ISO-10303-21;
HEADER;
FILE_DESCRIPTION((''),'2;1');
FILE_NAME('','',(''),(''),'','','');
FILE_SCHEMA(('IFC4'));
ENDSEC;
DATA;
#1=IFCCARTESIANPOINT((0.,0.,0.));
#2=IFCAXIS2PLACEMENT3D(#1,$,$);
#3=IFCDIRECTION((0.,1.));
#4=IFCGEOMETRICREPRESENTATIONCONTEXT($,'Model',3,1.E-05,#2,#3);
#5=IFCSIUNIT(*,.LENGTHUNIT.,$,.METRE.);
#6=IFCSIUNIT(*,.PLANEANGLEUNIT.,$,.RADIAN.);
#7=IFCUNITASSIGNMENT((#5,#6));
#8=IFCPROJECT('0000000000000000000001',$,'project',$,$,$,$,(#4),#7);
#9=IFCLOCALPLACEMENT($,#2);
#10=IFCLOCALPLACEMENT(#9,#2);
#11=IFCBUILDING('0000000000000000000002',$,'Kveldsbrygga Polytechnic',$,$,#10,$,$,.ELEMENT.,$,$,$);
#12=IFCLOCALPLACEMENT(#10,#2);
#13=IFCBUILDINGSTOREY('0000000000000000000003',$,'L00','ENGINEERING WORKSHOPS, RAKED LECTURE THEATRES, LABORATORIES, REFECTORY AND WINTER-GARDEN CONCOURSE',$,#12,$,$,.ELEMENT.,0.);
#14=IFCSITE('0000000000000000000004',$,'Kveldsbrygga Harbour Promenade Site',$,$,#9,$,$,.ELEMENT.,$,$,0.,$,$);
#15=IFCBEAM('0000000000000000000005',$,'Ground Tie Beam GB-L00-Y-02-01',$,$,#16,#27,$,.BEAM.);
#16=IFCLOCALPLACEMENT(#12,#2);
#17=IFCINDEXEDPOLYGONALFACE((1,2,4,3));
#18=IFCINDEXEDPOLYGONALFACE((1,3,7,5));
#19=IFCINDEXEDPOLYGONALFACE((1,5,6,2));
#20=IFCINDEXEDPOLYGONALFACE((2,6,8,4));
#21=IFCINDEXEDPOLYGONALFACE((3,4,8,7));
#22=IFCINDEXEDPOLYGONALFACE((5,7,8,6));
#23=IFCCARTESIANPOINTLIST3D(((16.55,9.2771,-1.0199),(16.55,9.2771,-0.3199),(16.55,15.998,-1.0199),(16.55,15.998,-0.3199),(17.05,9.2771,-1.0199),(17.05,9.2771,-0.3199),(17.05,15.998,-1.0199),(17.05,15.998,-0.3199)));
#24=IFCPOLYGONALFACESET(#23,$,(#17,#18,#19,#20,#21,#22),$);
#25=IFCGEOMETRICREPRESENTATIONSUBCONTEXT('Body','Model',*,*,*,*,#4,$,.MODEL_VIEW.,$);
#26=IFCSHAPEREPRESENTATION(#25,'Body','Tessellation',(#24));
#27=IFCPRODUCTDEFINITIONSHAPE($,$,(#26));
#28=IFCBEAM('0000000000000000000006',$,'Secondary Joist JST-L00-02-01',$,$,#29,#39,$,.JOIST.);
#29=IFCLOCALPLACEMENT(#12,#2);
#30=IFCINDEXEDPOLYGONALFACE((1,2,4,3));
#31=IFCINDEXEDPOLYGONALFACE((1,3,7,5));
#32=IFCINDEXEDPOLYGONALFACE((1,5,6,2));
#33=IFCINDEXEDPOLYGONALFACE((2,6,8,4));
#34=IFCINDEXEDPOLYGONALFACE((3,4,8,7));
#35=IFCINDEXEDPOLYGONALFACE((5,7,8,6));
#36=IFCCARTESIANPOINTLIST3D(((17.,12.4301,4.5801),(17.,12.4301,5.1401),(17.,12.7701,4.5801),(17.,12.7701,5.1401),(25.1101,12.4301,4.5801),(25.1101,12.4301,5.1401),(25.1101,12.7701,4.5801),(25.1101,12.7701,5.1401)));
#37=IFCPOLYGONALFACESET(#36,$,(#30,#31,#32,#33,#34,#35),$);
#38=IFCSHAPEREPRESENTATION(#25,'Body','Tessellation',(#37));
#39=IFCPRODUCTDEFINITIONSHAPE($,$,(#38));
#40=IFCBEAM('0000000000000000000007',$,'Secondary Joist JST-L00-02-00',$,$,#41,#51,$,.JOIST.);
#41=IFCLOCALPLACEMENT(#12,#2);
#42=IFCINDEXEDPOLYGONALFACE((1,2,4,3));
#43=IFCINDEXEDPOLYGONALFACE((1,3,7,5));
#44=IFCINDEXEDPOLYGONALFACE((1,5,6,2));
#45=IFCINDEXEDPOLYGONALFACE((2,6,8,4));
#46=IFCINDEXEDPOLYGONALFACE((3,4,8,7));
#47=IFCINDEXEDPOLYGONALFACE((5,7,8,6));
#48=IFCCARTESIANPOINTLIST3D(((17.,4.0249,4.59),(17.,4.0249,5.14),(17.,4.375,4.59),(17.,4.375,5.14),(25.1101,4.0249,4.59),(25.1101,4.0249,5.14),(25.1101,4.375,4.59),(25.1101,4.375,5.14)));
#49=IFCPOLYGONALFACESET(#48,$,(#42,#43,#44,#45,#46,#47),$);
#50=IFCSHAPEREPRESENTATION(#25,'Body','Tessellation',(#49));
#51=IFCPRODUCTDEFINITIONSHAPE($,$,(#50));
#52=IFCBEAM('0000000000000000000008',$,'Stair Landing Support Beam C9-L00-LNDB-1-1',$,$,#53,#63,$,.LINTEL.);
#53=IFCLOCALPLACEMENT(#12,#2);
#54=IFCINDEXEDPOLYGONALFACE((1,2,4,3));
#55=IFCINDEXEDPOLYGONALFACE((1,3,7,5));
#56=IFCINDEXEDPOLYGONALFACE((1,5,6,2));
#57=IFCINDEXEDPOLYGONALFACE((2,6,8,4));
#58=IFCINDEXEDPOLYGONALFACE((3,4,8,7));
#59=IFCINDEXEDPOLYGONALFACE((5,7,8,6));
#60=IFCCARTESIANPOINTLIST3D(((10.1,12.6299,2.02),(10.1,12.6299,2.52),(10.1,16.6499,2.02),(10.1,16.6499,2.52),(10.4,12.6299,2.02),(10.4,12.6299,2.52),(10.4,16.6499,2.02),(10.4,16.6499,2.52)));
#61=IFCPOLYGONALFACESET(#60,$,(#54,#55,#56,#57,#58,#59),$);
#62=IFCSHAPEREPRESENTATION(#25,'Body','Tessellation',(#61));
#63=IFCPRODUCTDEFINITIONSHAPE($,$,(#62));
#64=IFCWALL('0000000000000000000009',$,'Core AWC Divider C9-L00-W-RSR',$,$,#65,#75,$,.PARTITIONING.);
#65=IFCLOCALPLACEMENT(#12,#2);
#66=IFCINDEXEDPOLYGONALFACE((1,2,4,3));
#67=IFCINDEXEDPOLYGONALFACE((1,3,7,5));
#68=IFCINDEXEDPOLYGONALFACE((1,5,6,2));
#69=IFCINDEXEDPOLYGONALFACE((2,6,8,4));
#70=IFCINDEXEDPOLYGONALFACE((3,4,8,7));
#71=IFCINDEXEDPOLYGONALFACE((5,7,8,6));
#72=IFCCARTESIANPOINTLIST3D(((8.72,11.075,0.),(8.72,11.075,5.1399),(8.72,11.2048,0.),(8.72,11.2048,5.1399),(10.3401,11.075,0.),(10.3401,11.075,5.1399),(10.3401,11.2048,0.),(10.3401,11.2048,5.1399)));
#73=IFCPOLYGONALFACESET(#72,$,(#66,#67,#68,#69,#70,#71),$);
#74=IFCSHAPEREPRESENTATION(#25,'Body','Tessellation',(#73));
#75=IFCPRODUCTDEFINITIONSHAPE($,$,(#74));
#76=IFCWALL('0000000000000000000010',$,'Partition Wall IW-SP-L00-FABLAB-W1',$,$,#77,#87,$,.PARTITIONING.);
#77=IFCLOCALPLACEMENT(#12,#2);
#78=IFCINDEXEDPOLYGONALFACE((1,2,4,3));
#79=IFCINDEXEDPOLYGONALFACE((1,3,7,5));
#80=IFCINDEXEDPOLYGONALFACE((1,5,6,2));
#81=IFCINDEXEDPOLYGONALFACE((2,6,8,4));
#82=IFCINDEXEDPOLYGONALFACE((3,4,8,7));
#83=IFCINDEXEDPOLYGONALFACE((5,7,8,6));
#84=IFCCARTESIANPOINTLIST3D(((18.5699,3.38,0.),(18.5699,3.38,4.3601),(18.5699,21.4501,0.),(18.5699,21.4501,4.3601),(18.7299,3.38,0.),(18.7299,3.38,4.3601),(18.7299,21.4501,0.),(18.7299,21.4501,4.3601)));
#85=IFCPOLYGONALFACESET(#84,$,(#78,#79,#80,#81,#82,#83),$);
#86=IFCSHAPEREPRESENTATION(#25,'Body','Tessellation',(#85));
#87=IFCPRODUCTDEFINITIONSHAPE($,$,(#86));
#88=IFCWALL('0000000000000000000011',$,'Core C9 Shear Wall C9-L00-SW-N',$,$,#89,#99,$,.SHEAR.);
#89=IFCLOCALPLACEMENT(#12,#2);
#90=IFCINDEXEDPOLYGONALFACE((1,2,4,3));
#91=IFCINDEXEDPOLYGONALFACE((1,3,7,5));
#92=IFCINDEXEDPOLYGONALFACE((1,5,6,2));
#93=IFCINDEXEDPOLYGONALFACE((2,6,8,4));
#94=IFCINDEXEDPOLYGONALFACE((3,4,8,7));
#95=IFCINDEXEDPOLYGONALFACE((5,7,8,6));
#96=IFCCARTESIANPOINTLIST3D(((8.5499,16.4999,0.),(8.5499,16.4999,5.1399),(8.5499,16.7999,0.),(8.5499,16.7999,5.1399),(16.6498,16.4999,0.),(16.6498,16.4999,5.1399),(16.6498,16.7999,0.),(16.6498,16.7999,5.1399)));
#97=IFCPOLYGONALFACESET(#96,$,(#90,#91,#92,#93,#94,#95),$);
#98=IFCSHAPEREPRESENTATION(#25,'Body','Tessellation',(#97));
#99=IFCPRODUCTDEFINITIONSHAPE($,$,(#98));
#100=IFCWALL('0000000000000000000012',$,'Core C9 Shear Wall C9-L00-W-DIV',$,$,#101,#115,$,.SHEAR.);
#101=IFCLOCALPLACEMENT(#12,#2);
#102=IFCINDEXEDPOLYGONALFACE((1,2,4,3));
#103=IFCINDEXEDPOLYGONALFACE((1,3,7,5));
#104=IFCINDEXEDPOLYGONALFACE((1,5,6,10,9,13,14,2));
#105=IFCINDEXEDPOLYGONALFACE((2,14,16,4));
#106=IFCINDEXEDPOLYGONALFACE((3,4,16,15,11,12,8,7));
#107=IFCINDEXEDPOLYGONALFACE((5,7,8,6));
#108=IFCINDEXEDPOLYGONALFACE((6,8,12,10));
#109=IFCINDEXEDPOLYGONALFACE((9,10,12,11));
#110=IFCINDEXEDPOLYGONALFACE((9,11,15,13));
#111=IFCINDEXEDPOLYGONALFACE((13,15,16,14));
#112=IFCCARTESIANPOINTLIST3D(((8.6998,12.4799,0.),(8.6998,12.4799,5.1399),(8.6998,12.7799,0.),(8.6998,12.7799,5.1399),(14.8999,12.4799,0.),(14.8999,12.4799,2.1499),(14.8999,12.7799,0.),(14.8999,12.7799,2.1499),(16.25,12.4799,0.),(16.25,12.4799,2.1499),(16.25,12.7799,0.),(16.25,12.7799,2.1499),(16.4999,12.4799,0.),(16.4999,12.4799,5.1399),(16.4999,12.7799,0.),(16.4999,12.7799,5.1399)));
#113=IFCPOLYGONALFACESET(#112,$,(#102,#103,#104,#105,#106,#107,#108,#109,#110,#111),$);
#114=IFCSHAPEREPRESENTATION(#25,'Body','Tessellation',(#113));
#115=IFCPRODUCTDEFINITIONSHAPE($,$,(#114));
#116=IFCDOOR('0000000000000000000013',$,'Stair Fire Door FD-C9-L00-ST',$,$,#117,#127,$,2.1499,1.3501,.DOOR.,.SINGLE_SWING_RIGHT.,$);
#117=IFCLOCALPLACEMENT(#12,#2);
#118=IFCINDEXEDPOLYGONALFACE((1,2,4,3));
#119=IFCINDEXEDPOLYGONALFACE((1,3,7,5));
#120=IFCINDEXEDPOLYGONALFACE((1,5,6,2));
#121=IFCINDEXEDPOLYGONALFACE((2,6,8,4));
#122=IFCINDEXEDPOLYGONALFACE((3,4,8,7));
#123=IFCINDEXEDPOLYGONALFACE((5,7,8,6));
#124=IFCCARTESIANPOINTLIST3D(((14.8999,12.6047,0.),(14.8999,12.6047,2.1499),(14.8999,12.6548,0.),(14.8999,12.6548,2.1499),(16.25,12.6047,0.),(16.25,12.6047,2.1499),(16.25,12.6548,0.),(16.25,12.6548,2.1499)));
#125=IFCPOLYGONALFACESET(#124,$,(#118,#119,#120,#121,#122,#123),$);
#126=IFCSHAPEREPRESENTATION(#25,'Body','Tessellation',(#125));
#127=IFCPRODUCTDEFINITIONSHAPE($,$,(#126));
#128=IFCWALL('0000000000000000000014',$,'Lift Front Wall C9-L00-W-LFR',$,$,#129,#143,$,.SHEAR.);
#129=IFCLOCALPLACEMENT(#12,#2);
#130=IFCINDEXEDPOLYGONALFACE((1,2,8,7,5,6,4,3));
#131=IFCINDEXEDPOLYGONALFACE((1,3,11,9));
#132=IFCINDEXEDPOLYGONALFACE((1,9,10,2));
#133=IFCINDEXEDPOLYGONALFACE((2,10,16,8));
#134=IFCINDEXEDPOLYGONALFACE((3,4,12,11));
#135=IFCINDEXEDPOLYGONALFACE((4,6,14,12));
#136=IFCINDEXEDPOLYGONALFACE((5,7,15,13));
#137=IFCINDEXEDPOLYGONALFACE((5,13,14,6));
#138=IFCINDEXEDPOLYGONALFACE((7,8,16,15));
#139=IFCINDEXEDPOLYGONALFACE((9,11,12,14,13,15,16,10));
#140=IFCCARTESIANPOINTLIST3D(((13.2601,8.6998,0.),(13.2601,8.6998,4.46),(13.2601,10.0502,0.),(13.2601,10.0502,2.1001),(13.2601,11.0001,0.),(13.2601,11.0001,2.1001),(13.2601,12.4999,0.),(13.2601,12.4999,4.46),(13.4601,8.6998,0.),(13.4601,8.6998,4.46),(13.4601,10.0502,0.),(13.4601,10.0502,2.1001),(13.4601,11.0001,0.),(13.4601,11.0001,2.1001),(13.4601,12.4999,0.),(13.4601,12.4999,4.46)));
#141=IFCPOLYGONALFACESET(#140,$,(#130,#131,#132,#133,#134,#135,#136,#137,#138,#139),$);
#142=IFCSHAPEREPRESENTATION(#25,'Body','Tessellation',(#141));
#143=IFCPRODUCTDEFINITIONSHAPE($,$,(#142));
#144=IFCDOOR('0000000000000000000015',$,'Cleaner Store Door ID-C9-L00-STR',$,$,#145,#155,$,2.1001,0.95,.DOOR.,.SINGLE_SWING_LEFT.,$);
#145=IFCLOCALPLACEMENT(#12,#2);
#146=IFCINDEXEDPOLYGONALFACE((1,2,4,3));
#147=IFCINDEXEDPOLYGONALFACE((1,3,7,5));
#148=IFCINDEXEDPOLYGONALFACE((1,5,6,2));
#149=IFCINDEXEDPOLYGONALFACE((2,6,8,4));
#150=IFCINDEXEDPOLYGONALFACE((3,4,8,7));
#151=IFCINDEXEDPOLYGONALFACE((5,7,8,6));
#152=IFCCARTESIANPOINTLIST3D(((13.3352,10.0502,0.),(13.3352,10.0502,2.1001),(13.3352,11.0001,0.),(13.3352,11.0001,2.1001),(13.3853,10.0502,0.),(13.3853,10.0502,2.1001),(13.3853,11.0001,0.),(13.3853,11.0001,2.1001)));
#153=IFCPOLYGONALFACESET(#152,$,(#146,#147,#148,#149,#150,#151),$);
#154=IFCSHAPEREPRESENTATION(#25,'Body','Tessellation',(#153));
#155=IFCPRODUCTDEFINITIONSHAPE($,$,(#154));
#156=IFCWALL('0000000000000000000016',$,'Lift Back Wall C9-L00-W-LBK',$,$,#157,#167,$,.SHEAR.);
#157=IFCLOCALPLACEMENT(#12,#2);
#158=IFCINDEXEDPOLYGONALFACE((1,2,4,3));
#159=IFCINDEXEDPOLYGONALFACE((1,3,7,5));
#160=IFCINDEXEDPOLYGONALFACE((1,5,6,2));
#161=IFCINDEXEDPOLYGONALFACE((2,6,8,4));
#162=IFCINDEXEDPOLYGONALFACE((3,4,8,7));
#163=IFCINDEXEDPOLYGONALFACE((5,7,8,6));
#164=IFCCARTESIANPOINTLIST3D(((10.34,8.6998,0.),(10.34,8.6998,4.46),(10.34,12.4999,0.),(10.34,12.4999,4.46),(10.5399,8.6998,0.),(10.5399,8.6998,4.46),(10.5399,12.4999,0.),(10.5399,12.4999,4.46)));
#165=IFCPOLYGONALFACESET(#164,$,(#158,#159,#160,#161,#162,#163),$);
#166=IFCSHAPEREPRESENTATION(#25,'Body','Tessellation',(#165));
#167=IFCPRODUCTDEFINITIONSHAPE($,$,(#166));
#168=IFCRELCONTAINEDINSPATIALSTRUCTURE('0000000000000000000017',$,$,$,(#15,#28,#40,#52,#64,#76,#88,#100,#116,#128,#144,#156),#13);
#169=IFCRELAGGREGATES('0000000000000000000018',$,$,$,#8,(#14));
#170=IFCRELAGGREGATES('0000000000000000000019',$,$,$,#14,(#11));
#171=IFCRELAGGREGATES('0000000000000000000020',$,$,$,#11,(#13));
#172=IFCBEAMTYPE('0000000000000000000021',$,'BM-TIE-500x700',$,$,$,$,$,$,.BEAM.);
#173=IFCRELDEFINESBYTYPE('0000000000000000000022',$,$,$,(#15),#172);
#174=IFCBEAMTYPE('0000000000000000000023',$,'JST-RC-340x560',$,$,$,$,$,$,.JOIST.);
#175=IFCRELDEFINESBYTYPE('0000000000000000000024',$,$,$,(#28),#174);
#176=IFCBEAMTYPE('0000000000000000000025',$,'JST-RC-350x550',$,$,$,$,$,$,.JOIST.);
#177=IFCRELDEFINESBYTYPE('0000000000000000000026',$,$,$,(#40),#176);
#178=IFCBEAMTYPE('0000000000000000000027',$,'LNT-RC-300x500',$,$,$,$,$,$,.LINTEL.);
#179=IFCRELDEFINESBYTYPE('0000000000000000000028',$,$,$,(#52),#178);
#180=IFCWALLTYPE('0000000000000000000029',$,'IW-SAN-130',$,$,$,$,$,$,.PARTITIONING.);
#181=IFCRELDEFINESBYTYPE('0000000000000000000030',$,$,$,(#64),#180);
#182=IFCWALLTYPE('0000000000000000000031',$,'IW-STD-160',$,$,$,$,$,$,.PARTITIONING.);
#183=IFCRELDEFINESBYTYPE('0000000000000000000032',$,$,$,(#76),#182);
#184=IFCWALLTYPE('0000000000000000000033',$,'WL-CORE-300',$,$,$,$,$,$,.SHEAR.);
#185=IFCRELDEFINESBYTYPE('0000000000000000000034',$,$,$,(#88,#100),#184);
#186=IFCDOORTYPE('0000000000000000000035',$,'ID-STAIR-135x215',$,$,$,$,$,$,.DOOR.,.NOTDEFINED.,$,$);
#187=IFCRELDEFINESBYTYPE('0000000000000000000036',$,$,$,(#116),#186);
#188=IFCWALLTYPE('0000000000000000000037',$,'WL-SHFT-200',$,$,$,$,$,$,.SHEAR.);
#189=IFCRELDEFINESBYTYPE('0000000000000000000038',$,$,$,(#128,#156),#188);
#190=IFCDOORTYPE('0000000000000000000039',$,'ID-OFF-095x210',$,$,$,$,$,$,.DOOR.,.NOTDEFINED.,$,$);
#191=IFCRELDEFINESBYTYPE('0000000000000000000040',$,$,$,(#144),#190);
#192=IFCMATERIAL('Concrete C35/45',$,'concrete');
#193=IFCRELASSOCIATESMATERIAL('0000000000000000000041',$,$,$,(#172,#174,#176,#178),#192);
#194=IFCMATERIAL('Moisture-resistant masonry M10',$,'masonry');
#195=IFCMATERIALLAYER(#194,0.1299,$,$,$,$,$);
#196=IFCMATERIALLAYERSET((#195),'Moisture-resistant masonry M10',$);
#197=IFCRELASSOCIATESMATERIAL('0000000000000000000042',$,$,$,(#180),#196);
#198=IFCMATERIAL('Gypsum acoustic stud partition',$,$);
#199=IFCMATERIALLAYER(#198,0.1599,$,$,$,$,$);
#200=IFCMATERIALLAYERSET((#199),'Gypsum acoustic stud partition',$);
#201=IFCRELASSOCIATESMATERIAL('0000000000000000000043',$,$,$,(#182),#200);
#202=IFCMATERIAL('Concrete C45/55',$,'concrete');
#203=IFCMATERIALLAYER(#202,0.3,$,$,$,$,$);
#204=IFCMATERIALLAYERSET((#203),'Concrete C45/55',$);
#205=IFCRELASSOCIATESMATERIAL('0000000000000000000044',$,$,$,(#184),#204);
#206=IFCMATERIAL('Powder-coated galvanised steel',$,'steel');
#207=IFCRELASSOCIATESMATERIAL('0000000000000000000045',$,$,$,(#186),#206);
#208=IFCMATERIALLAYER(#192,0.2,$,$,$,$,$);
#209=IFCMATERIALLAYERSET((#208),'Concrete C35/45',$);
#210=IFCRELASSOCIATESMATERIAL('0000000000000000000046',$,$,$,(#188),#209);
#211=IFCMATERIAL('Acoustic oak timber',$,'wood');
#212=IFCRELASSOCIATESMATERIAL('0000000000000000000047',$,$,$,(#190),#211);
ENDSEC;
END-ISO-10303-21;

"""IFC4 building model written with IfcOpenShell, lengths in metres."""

from ifc_helpers import new_model, si_unit, direction, frame, frame_2d, origin, origin_2d, place, context, subcontext, project, spatial, rectangle, extrude, material, layer, layer_set, material_profile, profile_set, type_object, element, fill, save


model = new_model("IFC4")

# Units and contexts
model_context = context("Model", 3, precision=1e-05, world=origin(), true_north=direction((0.0, 1.0)))
body_context = subcontext(model_context, "Body", "Model", "MODEL_VIEW")
ifc_project = project(units=[si_unit("LENGTHUNIT", "METRE"), si_unit("PLANEANGLEUNIT", "RADIAN")], contexts=[model_context])

# Site, building, storey
site_placement = place(None, origin())
site = spatial("IfcSite", under=ifc_project, at=site_placement, Name="Kveldsbrygga Harbour Promenade Site", CompositionType="ELEMENT", RefElevation=0.0)
building_placement = place(site_placement, origin())
building = spatial("IfcBuilding", under=site, at=building_placement, Name="Kveldsbrygga Polytechnic", CompositionType="ELEMENT")
storey_placement = place(building_placement, origin())
storey = spatial("IfcBuildingStorey", under=building, at=storey_placement, Name="L00", Description="ENGINEERING WORKSHOPS, RAKED LECTURE THEATRES, LABORATORIES, REFECTORY AND WINTER-GARDEN CONCOURSE", CompositionType="ELEMENT", Elevation=0.0)

# Shared definitions
ifc_material_1 = material(Name="Concrete C45/55", Category="concrete")

# Beams
ifc_material_2 = material(Name="Concrete C35/45", Category="concrete")
ifc_material_profile_1 = material_profile(ifc_material_2, rectangle(XDim=0.5, YDim=0.7, at=origin_2d()), Name="RC 500x700")
ifc_profile_set_1 = profile_set([ifc_material_profile_1], Name="Concrete C35/45")
beam_type_1 = type_object("IfcBeamType", Name="BM-TIE-500x700", PredefinedType="BEAM", material=ifc_profile_set_1)
beam_1_placement = place(storey_placement, frame((16.8, 9.2771, -0.6699), z_axis=(0.0, 1.0, 0.0), x_axis=(-1.0, 0.0, 0.0)))
element("IfcBeam", 1, at=beam_1_placement, inside=storey, type_object=beam_type_1, Name="Ground Tie Beam GB-L00-Y-02-01", PredefinedType="BEAM", context=body_context, shape_type="SweptSolid", body=[
    extrude(rectangle(XDim=0.5, YDim=0.7, at=origin_2d()), origin(), (0.0, 0.0, 1.0), 6.7209),
])
ifc_material_profile_2 = material_profile(ifc_material_2, rectangle(XDim=0.3401, YDim=0.5601, at=origin_2d()), Name="RC 340x560")
ifc_profile_set_2 = profile_set([ifc_material_profile_2], Name="Concrete C35/45")
beam_type_2 = type_object("IfcBeamType", Name="JST-RC-340x560", PredefinedType="JOIST", material=ifc_profile_set_2)
beam_2_placement = place(storey_placement, frame((17.0, 12.6001, 4.8601), z_axis=(1.0, 0.0, 0.0), x_axis=(0.0, 1.0, 0.0)))
element("IfcBeam", 2, at=beam_2_placement, inside=storey, type_object=beam_type_2, Name="Secondary Joist JST-L00-02-01", PredefinedType="JOIST", context=body_context, shape_type="SweptSolid", body=[
    extrude(rectangle(XDim=0.3401, YDim=0.5601, at=origin_2d()), origin(), (0.0, 0.0, 1.0), 8.1101),
])
ifc_material_profile_3 = material_profile(ifc_material_2, rectangle(XDim=0.3501, YDim=0.55, at=origin_2d()), Name="RC 350x550")
ifc_profile_set_3 = profile_set([ifc_material_profile_3], Name="Concrete C35/45")
beam_type_3 = type_object("IfcBeamType", Name="JST-RC-350x550", PredefinedType="JOIST", material=ifc_profile_set_3)
beam_3_placement = place(storey_placement, frame((17.0, 4.2, 4.865), z_axis=(1.0, 0.0, 0.0), x_axis=(0.0, 1.0, 0.0)))
element("IfcBeam", 3, at=beam_3_placement, inside=storey, type_object=beam_type_3, Name="Secondary Joist JST-L00-02-00", PredefinedType="JOIST", context=body_context, shape_type="SweptSolid", body=[
    extrude(rectangle(XDim=0.3501, YDim=0.55, at=origin_2d()), origin(), (0.0, 0.0, 1.0), 8.1101),
])
ifc_material_profile_4 = material_profile(ifc_material_2, rectangle(XDim=0.3, YDim=0.5, at=origin_2d()), Name="RC 300x500")
ifc_profile_set_4 = profile_set([ifc_material_profile_4], Name="Concrete C35/45")
beam_type_4 = type_object("IfcBeamType", Name="LNT-RC-300x500", PredefinedType="LINTEL", material=ifc_profile_set_4)
beam_4_placement = place(storey_placement, frame((10.25, 12.6299, 2.27), z_axis=(0.0, 1.0, 0.0), x_axis=(-1.0, 0.0, 0.0)))
element("IfcBeam", 4, at=beam_4_placement, inside=storey, type_object=beam_type_4, Name="Stair Landing Support Beam C9-L00-LNDB-1-1", PredefinedType="LINTEL", context=body_context, shape_type="SweptSolid", body=[
    extrude(rectangle(XDim=0.3, YDim=0.5, at=origin_2d()), origin(), (0.0, 0.0, 1.0), 4.02),
])

# Walls
ifc_material_3 = material(Name="Moisture-resistant masonry M10", Category="masonry")
ifc_layer_1 = layer(ifc_material_3, 0.1299)
ifc_layer_set_1 = layer_set([ifc_layer_1], Name="Moisture-resistant masonry M10")
wall_type_1 = type_object("IfcWallType", Name="IW-SAN-130", PredefinedType="PARTITIONING", material=ifc_layer_set_1)
wall_1_placement = place(storey_placement, frame((8.72, 11.1399, 0.0), z_axis=(0.0, 0.0, 1.0), x_axis=(1.0, 0.0, 0.0)))
element("IfcWall", 5, at=wall_1_placement, inside=storey, type_object=wall_type_1, Name="Core AWC Divider C9-L00-W-RSR", PredefinedType="PARTITIONING", context=body_context, shape_type="SweptSolid", body=[
    extrude(rectangle(XDim=1.6201, YDim=0.1299, at=frame_2d((0.8101, 0.0))), origin(), (0.0, 0.0, 1.0), 5.1399),
])
ifc_material_4 = material(Name="Gypsum acoustic stud partition")
ifc_layer_2 = layer(ifc_material_4, 0.1599)
ifc_layer_set_2 = layer_set([ifc_layer_2], Name="Gypsum acoustic stud partition")
wall_type_2 = type_object("IfcWallType", Name="IW-STD-160", PredefinedType="PARTITIONING", material=ifc_layer_set_2)
wall_2_placement = place(storey_placement, frame((18.6499, 3.3799, 0.0), z_axis=(0.0, 0.0, 1.0), x_axis=(0.0, 1.0, 0.0)))
element("IfcWall", 6, at=wall_2_placement, inside=storey, type_object=wall_type_2, Name="Partition Wall IW-SP-L00-FABLAB-W1", PredefinedType="PARTITIONING", context=body_context, shape_type="SweptSolid", body=[
    extrude(rectangle(XDim=18.0701, YDim=0.1599, at=frame_2d((9.0352, 0.0))), origin(), (0.0, 0.0, 1.0), 4.3601),
])
ifc_layer_3 = layer(ifc_material_1, 0.3)
ifc_layer_set_3 = layer_set([ifc_layer_3], Name="Concrete C45/55")
wall_type_3 = type_object("IfcWallType", Name="WL-CORE-300", PredefinedType="SHEAR", material=ifc_layer_set_3)
wall_3_placement = place(storey_placement, frame((8.55, 16.6499, 0.0), z_axis=(0.0, 0.0, 1.0), x_axis=(1.0, 0.0, 0.0)))
element("IfcWall", 7, at=wall_3_placement, inside=storey, type_object=wall_type_3, Name="Core C9 Shear Wall C9-L00-SW-N", PredefinedType="SHEAR", context=body_context, shape_type="SweptSolid", body=[
    extrude(rectangle(XDim=8.0999, YDim=0.3, at=frame_2d((4.0498, 0.0))), origin(), (0.0, 0.0, 1.0), 5.1399),
])

# Walls, openings, doors
ifc_material_5 = material(Name="Powder-coated galvanised steel", Category="steel")
wall_4_placement = place(storey_placement, frame((8.7, 12.6299, 0.0), z_axis=(0.0, 0.0, 1.0), x_axis=(1.0, 0.0, 0.0)))
wall_4 = element("IfcWall", 8, at=wall_4_placement, inside=storey, type_object=wall_type_3, Name="Core C9 Shear Wall C9-L00-W-DIV", PredefinedType="SHEAR", context=body_context, shape_type="SweptSolid", body=[
    extrude(rectangle(XDim=7.8, YDim=0.3, at=frame_2d((3.8999, 0.0))), origin(), (0.0, 0.0, 1.0), 5.1399),
])
opening_1_placement = place(wall_4_placement, frame((6.2, 0.0, 0.0)))
opening_1 = element("IfcOpeningElement", 9, at=opening_1_placement, cuts=wall_4, PredefinedType="OPENING", context=body_context, shape_type="SweptSolid", body=[
    extrude(rectangle(XDim=1.3501, YDim=2.1499, at=frame_2d((0.675, 1.075))), frame((0.0, 0.1602, 0.0), z_axis=(0.0, -1.0, 0.0), x_axis=(1.0, 0.0, 0.0)), (0.0, 0.0, 1.0), 0.3201),
])
door_type_1 = type_object("IfcDoorType", Name="ID-STAIR-135x215", OperationType="NOTDEFINED", PredefinedType="DOOR", material=ifc_material_5)
door_1_placement = place(opening_1_placement, origin())
door_1 = element("IfcDoor", 10, at=door_1_placement, inside=storey, type_object=door_type_1, Name="Stair Fire Door FD-C9-L00-ST", OperationType="SINGLE_SWING_RIGHT", OverallHeight=2.1499, OverallWidth=1.3501, PredefinedType="DOOR", context=body_context, shape_type="SweptSolid", body=[
    extrude(rectangle(XDim=1.3501, YDim=2.1499, at=frame_2d((0.675, 1.075))), frame((0.0, 0.0249, 0.0), z_axis=(0.0, -1.0, 0.0), x_axis=(1.0, 0.0, 0.0)), (0.0, 0.0, 1.0), 0.05),
])
fill(opening_1, door_1)
ifc_layer_4 = layer(ifc_material_2, 0.2)
ifc_layer_set_4 = layer_set([ifc_layer_4], Name="Concrete C35/45")
wall_type_4 = type_object("IfcWallType", Name="WL-SHFT-200", PredefinedType="SHEAR", material=ifc_layer_set_4)
wall_5_placement = place(storey_placement, frame((13.3601, 8.7, 0.0), z_axis=(0.0, 0.0, 1.0), x_axis=(0.0, 1.0, 0.0)))
wall_5 = element("IfcWall", 11, at=wall_5_placement, inside=storey, type_object=wall_type_4, Name="Lift Front Wall C9-L00-W-LFR", PredefinedType="SHEAR", context=body_context, shape_type="SweptSolid", body=[
    extrude(rectangle(XDim=3.8, YDim=0.2, at=frame_2d((1.8999, 0.0))), origin(), (0.0, 0.0, 1.0), 4.46),
])
opening_2_placement = place(wall_5_placement, frame((1.3501, 0.0, 0.0)))
opening_2 = element("IfcOpeningElement", 12, at=opening_2_placement, cuts=wall_5, PredefinedType="OPENING", context=body_context, shape_type="SweptSolid", body=[
    extrude(rectangle(XDim=0.95, YDim=2.1001, at=frame_2d((0.4751, 1.05))), frame((0.0, 0.1099, 0.0), z_axis=(0.0, -1.0, 0.0), x_axis=(1.0, 0.0, 0.0)), (0.0, 0.0, 1.0), 0.22),
])
ifc_material_6 = material(Name="Acoustic oak timber", Category="wood")
door_type_2 = type_object("IfcDoorType", Name="ID-OFF-095x210", OperationType="NOTDEFINED", PredefinedType="DOOR", material=ifc_material_6)
door_2_placement = place(opening_2_placement, origin())
door_2 = element("IfcDoor", 13, at=door_2_placement, inside=storey, type_object=door_type_2, Name="Cleaner Store Door ID-C9-L00-STR", OperationType="SINGLE_SWING_LEFT", OverallHeight=2.1001, OverallWidth=0.95, PredefinedType="DOOR", context=body_context, shape_type="SweptSolid", body=[
    extrude(rectangle(XDim=0.95, YDim=2.1001, at=frame_2d((0.4751, 1.05))), frame((0.0, 0.0249, 0.0), z_axis=(0.0, -1.0, 0.0), x_axis=(1.0, 0.0, 0.0)), (0.0, 0.0, 1.0), 0.05),
])
fill(opening_2, door_2)

# Wall
wall_6_placement = place(storey_placement, frame((10.4399, 8.7, 0.0), z_axis=(0.0, 0.0, 1.0), x_axis=(0.0, 1.0, 0.0)))
element("IfcWall", 14, at=wall_6_placement, inside=storey, type_object=wall_type_4, Name="Lift Back Wall C9-L00-W-LBK", PredefinedType="SHEAR", context=body_context, shape_type="SweptSolid", body=[
    extrude(rectangle(XDim=3.8, YDim=0.2, at=frame_2d((1.8999, 0.0))), origin(), (0.0, 0.0, 1.0), 4.46),
])

save(model, "model.ifc")
